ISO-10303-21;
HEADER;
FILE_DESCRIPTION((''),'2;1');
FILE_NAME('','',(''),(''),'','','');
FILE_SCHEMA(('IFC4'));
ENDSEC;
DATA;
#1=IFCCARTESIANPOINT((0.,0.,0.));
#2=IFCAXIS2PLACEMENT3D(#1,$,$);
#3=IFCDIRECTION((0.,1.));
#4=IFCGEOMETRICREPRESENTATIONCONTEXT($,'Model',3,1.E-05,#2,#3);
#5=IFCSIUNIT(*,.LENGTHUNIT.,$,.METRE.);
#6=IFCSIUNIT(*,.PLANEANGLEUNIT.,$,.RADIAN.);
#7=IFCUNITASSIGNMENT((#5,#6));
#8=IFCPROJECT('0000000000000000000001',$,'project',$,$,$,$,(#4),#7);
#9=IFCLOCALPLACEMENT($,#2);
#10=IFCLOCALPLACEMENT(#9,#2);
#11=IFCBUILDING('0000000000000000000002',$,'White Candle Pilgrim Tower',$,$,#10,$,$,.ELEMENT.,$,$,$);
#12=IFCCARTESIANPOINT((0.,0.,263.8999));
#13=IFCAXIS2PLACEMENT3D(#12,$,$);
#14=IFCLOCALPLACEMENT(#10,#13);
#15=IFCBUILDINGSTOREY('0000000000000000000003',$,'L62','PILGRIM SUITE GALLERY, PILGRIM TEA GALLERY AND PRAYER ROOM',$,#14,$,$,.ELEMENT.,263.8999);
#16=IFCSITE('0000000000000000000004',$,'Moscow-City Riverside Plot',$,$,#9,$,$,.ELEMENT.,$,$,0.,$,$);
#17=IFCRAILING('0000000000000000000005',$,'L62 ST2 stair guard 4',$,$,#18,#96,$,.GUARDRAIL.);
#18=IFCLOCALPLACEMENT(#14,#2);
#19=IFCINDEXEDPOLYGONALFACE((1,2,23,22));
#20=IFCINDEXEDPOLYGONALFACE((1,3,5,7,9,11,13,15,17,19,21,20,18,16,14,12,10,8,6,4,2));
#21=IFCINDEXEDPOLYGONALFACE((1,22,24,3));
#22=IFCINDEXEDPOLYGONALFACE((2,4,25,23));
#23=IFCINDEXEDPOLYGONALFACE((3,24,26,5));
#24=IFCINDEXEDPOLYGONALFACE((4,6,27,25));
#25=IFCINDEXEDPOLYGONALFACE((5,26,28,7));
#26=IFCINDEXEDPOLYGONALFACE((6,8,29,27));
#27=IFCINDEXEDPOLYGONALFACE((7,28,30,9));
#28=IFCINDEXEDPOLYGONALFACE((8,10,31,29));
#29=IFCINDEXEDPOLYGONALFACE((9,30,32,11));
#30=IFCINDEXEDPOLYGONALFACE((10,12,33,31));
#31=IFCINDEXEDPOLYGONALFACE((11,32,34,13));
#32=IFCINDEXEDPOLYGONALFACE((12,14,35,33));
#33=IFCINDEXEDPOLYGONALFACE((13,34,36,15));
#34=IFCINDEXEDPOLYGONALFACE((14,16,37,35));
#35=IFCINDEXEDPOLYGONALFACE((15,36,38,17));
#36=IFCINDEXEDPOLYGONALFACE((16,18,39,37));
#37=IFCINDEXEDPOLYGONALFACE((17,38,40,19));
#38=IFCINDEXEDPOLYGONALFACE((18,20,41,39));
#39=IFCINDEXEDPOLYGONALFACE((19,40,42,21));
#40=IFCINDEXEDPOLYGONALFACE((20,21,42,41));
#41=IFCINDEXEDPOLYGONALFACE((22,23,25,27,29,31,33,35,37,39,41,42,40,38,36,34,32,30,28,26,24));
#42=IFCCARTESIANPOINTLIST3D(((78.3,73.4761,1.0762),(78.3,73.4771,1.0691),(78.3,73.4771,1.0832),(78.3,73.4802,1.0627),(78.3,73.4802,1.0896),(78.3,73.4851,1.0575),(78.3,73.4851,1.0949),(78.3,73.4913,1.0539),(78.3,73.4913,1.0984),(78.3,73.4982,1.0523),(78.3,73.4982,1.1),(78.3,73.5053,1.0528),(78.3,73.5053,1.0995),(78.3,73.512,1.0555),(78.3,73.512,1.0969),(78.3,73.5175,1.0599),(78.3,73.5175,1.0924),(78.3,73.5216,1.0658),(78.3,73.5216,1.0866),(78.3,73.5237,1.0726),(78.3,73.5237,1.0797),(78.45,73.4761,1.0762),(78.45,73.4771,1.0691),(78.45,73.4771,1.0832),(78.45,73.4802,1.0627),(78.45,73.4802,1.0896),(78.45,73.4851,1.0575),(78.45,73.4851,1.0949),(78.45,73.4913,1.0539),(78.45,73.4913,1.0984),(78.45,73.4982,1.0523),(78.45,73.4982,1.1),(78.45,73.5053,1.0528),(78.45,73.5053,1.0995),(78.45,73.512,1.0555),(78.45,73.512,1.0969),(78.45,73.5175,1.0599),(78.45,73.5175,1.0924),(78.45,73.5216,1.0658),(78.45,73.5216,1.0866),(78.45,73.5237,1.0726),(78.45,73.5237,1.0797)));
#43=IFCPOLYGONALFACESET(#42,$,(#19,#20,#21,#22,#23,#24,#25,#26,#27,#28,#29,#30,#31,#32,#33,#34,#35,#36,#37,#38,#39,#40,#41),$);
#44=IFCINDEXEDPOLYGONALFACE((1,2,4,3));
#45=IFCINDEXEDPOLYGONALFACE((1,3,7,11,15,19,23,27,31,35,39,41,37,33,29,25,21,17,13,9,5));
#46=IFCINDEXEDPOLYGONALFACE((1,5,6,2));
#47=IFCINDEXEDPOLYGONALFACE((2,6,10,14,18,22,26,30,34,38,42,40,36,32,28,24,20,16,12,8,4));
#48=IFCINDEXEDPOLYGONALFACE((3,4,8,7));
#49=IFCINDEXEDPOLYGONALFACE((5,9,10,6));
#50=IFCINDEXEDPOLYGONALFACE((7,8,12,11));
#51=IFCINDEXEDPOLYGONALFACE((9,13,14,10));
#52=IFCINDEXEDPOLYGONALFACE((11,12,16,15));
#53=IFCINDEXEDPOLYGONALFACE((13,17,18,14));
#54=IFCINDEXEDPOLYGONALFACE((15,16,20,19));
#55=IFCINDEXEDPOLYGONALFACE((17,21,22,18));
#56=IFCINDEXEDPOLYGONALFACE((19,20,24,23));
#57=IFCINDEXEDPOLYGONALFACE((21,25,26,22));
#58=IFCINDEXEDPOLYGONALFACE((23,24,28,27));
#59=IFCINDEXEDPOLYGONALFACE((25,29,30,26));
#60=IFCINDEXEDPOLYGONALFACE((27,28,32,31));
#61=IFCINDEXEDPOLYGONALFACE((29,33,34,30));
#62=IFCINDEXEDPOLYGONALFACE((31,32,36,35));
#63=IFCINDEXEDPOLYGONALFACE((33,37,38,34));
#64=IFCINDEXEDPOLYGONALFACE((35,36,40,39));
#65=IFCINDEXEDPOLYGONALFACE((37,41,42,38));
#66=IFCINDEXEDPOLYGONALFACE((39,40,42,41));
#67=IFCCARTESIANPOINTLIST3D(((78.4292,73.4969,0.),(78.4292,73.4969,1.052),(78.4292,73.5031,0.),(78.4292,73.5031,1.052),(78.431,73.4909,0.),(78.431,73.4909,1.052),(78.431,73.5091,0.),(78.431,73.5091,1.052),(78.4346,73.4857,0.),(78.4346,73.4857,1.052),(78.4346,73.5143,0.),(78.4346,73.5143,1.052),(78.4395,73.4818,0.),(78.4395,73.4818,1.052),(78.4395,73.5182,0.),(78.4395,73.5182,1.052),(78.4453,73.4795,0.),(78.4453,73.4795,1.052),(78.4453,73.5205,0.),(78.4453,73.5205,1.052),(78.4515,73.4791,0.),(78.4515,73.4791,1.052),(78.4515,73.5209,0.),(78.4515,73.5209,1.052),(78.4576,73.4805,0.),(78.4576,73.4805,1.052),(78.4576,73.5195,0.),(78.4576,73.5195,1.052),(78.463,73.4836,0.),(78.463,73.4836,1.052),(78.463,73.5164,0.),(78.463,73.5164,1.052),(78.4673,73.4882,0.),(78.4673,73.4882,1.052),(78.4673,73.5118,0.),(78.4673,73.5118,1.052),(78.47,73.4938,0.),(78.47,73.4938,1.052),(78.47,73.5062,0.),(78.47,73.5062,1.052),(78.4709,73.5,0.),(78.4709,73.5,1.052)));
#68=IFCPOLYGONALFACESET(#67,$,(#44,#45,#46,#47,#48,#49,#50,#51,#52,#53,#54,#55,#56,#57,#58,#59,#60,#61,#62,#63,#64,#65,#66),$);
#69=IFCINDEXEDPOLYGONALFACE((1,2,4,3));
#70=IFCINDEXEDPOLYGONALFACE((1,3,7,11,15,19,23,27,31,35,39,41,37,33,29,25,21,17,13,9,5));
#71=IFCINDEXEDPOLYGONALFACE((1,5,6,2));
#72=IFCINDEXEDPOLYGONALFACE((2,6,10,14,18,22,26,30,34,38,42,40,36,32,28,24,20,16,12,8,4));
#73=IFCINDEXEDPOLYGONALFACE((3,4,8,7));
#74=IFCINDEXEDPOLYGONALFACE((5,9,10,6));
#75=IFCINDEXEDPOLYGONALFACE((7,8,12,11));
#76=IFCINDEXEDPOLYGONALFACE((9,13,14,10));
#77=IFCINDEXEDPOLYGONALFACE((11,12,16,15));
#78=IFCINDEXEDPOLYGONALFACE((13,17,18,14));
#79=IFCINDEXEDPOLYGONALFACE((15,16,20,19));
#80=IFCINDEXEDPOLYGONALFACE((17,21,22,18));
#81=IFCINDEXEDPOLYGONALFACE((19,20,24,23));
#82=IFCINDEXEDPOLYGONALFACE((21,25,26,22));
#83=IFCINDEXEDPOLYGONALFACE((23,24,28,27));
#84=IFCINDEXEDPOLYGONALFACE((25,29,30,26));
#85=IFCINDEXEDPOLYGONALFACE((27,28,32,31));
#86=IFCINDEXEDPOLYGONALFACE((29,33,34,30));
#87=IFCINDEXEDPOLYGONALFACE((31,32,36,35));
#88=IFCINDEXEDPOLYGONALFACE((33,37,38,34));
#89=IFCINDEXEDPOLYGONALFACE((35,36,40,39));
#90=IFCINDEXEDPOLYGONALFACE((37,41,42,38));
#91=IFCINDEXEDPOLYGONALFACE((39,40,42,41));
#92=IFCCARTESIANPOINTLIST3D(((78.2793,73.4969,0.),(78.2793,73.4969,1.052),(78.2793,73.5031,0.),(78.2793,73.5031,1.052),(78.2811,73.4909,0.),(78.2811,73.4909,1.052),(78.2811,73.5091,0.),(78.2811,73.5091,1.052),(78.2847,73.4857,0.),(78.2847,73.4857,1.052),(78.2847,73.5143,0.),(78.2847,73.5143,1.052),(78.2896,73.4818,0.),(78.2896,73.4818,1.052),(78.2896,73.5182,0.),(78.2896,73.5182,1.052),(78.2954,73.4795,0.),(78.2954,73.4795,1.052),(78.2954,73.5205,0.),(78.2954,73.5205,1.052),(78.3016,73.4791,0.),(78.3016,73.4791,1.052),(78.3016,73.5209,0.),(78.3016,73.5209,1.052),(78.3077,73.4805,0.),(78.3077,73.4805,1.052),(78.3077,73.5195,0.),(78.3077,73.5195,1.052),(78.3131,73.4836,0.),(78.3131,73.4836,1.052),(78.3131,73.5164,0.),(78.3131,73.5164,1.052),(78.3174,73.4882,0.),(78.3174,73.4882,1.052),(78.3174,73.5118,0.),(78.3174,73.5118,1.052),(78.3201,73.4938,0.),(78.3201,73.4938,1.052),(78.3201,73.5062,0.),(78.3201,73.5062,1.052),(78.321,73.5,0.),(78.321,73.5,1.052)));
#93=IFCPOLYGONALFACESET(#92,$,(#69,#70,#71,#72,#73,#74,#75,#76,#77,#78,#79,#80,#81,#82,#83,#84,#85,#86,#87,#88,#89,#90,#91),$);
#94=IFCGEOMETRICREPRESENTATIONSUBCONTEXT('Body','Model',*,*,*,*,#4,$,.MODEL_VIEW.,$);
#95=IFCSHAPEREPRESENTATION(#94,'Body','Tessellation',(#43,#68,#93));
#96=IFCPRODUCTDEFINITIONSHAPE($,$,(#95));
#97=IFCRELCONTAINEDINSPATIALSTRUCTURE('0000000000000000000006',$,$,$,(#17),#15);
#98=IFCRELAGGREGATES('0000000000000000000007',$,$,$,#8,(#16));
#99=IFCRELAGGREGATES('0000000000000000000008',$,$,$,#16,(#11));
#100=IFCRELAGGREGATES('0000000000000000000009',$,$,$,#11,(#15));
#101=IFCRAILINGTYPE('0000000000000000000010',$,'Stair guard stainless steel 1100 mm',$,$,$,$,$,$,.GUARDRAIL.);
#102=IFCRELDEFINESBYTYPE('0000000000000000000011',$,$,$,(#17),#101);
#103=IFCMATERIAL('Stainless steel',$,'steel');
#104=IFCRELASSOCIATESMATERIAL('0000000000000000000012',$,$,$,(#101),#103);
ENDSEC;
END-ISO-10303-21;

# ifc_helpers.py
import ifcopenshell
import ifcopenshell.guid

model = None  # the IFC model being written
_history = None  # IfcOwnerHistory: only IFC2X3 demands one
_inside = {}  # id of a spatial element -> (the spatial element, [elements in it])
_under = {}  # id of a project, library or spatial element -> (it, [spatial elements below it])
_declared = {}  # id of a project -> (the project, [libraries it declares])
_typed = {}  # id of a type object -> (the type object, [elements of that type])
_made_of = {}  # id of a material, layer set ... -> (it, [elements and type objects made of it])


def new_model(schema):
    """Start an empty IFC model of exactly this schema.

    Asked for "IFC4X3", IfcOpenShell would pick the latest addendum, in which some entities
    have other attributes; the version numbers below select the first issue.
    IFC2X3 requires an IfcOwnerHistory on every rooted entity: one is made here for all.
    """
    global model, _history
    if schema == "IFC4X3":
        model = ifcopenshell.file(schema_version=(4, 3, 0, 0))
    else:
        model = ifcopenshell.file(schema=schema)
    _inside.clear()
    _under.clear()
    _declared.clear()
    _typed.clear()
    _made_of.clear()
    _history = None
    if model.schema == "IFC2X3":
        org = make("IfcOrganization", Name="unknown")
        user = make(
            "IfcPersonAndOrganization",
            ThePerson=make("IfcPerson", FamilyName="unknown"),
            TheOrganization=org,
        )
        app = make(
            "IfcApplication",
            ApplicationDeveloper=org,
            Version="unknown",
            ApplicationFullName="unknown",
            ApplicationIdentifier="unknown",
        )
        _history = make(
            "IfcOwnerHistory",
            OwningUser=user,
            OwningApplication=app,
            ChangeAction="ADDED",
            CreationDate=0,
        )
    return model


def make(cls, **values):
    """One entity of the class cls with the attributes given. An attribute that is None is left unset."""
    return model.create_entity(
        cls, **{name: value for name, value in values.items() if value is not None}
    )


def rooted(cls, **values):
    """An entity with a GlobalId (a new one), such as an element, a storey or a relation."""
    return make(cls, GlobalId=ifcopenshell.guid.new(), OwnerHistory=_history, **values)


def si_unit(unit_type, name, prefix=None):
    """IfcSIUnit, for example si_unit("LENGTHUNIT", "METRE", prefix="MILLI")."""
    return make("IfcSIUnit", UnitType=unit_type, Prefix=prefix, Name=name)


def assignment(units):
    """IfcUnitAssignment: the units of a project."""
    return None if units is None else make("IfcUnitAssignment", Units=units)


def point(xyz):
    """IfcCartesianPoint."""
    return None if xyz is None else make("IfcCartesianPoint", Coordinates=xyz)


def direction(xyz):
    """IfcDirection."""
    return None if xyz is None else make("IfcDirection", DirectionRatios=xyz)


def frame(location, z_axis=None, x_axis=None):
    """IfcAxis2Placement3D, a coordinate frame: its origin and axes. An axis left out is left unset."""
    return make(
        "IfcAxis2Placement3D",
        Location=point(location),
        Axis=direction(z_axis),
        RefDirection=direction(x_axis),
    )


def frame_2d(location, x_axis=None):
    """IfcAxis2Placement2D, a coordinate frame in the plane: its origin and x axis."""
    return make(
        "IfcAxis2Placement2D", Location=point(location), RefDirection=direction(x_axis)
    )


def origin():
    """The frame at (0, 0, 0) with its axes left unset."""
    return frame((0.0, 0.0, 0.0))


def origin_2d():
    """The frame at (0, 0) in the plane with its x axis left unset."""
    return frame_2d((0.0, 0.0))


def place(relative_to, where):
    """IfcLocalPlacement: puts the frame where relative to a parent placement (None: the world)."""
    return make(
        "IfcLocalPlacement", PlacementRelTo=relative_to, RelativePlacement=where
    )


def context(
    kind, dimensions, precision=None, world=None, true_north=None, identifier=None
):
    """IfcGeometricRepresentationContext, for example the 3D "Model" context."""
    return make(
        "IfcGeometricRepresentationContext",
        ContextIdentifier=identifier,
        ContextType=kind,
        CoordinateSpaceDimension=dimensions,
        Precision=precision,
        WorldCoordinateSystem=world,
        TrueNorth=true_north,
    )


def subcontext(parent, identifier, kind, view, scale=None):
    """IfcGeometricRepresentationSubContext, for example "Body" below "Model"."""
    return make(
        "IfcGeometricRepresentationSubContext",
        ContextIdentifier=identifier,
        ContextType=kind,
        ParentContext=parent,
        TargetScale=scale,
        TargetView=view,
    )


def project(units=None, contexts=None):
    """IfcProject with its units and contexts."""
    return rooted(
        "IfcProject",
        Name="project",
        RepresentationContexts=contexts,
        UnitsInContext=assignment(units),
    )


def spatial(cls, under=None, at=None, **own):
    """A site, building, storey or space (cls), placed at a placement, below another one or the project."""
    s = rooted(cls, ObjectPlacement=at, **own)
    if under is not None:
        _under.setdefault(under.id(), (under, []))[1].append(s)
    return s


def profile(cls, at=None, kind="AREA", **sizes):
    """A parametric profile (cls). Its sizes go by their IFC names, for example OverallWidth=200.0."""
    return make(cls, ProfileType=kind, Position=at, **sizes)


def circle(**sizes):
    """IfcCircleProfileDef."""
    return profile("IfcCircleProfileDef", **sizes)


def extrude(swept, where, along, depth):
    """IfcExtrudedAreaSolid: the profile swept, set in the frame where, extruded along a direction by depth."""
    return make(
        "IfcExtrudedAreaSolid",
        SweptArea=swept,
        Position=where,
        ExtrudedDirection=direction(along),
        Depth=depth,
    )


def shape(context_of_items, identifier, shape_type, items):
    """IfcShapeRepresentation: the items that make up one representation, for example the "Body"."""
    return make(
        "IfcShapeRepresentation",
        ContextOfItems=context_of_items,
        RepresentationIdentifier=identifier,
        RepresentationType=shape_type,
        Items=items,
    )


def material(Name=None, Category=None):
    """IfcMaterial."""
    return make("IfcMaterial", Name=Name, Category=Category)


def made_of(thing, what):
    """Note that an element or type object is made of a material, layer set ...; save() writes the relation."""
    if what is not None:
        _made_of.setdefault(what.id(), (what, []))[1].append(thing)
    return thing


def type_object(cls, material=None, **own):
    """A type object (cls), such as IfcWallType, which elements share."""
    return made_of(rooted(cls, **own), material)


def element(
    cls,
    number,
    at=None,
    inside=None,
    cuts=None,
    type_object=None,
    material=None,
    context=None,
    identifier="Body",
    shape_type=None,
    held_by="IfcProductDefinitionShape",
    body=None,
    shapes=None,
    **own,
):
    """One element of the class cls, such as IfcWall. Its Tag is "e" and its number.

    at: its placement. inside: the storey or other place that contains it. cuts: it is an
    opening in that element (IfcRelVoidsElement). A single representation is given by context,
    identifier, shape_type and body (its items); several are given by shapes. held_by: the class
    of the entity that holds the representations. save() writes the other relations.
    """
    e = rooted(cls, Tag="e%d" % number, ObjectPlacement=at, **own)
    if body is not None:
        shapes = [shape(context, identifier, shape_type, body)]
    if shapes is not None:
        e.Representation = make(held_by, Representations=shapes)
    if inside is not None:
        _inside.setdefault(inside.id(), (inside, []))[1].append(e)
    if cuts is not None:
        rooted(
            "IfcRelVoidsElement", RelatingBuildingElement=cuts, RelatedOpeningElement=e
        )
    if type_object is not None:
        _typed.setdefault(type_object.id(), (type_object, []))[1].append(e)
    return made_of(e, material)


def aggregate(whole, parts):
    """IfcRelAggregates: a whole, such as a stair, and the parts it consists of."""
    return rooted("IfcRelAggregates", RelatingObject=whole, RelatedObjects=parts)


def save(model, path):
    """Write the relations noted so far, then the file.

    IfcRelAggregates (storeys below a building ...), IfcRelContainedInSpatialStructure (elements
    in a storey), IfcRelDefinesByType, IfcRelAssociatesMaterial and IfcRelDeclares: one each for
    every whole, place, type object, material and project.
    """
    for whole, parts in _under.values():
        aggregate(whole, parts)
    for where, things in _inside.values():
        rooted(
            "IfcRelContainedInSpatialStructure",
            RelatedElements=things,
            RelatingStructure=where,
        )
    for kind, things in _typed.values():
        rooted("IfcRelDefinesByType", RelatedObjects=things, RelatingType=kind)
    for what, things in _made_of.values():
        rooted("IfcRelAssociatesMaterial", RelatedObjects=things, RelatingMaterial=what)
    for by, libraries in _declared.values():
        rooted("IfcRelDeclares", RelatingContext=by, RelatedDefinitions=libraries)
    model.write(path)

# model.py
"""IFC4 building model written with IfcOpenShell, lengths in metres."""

from ifc_helpers import new_model, si_unit, direction, frame, origin, origin_2d, place, context, subcontext, project, spatial, circle, extrude, material, type_object, element, save


model = new_model("IFC4")

# Units and contexts
model_context = context("Model", 3, precision=1e-05, world=origin(), true_north=direction((0.0, 1.0)))
body_context = subcontext(model_context, "Body", "Model", "MODEL_VIEW")
ifc_project = project(units=[si_unit("LENGTHUNIT", "METRE"), si_unit("PLANEANGLEUNIT", "RADIAN")], contexts=[model_context])

# Site, building, storey
site_placement = place(None, origin())
site = spatial("IfcSite", under=ifc_project, at=site_placement, Name="Moscow-City Riverside Plot", CompositionType="ELEMENT", RefElevation=0.0)
building_placement = place(site_placement, origin())
building = spatial("IfcBuilding", under=site, at=building_placement, Name="White Candle Pilgrim Tower", CompositionType="ELEMENT")
storey_placement = place(building_placement, frame((0.0, 0.0, 263.8999)))
storey = spatial("IfcBuildingStorey", under=building, at=storey_placement, Name="L62", Description="PILGRIM SUITE GALLERY, PILGRIM TEA GALLERY AND PRAYER ROOM", CompositionType="ELEMENT", Elevation=263.8999)

# Railing
ifc_material_1 = material(Name="Stainless steel", Category="steel")
railing_type_1 = type_object("IfcRailingType", Name="Stair guard stainless steel 1100 mm", PredefinedType="GUARDRAIL", material=ifc_material_1)
railing_1_placement = place(storey_placement, frame((78.45, 73.5, 0.0)))
element("IfcRailing", 1, at=railing_1_placement, inside=storey, type_object=railing_type_1, Name="L62 ST2 stair guard 4", PredefinedType="GUARDRAIL", context=body_context, shape_type="SweptSolid", body=[
    extrude(circle(Radius=0.0239, at=origin_2d()), frame((0.0, 0.0, 1.0762), z_axis=(-1.0, 0.0, 0.0), x_axis=(0.0, -1.0, 0.0)), (0.0, 0.0, 1.0), 0.1499),
    extrude(circle(Radius=0.021, at=origin_2d()), origin(), (0.0, 0.0, 1.0), 1.052),
    extrude(circle(Radius=0.021, at=origin_2d()), frame((-0.1499, 0.0, 0.0)), (0.0, 0.0, 1.0), 1.052),
])

save(model, "model.ifc")
